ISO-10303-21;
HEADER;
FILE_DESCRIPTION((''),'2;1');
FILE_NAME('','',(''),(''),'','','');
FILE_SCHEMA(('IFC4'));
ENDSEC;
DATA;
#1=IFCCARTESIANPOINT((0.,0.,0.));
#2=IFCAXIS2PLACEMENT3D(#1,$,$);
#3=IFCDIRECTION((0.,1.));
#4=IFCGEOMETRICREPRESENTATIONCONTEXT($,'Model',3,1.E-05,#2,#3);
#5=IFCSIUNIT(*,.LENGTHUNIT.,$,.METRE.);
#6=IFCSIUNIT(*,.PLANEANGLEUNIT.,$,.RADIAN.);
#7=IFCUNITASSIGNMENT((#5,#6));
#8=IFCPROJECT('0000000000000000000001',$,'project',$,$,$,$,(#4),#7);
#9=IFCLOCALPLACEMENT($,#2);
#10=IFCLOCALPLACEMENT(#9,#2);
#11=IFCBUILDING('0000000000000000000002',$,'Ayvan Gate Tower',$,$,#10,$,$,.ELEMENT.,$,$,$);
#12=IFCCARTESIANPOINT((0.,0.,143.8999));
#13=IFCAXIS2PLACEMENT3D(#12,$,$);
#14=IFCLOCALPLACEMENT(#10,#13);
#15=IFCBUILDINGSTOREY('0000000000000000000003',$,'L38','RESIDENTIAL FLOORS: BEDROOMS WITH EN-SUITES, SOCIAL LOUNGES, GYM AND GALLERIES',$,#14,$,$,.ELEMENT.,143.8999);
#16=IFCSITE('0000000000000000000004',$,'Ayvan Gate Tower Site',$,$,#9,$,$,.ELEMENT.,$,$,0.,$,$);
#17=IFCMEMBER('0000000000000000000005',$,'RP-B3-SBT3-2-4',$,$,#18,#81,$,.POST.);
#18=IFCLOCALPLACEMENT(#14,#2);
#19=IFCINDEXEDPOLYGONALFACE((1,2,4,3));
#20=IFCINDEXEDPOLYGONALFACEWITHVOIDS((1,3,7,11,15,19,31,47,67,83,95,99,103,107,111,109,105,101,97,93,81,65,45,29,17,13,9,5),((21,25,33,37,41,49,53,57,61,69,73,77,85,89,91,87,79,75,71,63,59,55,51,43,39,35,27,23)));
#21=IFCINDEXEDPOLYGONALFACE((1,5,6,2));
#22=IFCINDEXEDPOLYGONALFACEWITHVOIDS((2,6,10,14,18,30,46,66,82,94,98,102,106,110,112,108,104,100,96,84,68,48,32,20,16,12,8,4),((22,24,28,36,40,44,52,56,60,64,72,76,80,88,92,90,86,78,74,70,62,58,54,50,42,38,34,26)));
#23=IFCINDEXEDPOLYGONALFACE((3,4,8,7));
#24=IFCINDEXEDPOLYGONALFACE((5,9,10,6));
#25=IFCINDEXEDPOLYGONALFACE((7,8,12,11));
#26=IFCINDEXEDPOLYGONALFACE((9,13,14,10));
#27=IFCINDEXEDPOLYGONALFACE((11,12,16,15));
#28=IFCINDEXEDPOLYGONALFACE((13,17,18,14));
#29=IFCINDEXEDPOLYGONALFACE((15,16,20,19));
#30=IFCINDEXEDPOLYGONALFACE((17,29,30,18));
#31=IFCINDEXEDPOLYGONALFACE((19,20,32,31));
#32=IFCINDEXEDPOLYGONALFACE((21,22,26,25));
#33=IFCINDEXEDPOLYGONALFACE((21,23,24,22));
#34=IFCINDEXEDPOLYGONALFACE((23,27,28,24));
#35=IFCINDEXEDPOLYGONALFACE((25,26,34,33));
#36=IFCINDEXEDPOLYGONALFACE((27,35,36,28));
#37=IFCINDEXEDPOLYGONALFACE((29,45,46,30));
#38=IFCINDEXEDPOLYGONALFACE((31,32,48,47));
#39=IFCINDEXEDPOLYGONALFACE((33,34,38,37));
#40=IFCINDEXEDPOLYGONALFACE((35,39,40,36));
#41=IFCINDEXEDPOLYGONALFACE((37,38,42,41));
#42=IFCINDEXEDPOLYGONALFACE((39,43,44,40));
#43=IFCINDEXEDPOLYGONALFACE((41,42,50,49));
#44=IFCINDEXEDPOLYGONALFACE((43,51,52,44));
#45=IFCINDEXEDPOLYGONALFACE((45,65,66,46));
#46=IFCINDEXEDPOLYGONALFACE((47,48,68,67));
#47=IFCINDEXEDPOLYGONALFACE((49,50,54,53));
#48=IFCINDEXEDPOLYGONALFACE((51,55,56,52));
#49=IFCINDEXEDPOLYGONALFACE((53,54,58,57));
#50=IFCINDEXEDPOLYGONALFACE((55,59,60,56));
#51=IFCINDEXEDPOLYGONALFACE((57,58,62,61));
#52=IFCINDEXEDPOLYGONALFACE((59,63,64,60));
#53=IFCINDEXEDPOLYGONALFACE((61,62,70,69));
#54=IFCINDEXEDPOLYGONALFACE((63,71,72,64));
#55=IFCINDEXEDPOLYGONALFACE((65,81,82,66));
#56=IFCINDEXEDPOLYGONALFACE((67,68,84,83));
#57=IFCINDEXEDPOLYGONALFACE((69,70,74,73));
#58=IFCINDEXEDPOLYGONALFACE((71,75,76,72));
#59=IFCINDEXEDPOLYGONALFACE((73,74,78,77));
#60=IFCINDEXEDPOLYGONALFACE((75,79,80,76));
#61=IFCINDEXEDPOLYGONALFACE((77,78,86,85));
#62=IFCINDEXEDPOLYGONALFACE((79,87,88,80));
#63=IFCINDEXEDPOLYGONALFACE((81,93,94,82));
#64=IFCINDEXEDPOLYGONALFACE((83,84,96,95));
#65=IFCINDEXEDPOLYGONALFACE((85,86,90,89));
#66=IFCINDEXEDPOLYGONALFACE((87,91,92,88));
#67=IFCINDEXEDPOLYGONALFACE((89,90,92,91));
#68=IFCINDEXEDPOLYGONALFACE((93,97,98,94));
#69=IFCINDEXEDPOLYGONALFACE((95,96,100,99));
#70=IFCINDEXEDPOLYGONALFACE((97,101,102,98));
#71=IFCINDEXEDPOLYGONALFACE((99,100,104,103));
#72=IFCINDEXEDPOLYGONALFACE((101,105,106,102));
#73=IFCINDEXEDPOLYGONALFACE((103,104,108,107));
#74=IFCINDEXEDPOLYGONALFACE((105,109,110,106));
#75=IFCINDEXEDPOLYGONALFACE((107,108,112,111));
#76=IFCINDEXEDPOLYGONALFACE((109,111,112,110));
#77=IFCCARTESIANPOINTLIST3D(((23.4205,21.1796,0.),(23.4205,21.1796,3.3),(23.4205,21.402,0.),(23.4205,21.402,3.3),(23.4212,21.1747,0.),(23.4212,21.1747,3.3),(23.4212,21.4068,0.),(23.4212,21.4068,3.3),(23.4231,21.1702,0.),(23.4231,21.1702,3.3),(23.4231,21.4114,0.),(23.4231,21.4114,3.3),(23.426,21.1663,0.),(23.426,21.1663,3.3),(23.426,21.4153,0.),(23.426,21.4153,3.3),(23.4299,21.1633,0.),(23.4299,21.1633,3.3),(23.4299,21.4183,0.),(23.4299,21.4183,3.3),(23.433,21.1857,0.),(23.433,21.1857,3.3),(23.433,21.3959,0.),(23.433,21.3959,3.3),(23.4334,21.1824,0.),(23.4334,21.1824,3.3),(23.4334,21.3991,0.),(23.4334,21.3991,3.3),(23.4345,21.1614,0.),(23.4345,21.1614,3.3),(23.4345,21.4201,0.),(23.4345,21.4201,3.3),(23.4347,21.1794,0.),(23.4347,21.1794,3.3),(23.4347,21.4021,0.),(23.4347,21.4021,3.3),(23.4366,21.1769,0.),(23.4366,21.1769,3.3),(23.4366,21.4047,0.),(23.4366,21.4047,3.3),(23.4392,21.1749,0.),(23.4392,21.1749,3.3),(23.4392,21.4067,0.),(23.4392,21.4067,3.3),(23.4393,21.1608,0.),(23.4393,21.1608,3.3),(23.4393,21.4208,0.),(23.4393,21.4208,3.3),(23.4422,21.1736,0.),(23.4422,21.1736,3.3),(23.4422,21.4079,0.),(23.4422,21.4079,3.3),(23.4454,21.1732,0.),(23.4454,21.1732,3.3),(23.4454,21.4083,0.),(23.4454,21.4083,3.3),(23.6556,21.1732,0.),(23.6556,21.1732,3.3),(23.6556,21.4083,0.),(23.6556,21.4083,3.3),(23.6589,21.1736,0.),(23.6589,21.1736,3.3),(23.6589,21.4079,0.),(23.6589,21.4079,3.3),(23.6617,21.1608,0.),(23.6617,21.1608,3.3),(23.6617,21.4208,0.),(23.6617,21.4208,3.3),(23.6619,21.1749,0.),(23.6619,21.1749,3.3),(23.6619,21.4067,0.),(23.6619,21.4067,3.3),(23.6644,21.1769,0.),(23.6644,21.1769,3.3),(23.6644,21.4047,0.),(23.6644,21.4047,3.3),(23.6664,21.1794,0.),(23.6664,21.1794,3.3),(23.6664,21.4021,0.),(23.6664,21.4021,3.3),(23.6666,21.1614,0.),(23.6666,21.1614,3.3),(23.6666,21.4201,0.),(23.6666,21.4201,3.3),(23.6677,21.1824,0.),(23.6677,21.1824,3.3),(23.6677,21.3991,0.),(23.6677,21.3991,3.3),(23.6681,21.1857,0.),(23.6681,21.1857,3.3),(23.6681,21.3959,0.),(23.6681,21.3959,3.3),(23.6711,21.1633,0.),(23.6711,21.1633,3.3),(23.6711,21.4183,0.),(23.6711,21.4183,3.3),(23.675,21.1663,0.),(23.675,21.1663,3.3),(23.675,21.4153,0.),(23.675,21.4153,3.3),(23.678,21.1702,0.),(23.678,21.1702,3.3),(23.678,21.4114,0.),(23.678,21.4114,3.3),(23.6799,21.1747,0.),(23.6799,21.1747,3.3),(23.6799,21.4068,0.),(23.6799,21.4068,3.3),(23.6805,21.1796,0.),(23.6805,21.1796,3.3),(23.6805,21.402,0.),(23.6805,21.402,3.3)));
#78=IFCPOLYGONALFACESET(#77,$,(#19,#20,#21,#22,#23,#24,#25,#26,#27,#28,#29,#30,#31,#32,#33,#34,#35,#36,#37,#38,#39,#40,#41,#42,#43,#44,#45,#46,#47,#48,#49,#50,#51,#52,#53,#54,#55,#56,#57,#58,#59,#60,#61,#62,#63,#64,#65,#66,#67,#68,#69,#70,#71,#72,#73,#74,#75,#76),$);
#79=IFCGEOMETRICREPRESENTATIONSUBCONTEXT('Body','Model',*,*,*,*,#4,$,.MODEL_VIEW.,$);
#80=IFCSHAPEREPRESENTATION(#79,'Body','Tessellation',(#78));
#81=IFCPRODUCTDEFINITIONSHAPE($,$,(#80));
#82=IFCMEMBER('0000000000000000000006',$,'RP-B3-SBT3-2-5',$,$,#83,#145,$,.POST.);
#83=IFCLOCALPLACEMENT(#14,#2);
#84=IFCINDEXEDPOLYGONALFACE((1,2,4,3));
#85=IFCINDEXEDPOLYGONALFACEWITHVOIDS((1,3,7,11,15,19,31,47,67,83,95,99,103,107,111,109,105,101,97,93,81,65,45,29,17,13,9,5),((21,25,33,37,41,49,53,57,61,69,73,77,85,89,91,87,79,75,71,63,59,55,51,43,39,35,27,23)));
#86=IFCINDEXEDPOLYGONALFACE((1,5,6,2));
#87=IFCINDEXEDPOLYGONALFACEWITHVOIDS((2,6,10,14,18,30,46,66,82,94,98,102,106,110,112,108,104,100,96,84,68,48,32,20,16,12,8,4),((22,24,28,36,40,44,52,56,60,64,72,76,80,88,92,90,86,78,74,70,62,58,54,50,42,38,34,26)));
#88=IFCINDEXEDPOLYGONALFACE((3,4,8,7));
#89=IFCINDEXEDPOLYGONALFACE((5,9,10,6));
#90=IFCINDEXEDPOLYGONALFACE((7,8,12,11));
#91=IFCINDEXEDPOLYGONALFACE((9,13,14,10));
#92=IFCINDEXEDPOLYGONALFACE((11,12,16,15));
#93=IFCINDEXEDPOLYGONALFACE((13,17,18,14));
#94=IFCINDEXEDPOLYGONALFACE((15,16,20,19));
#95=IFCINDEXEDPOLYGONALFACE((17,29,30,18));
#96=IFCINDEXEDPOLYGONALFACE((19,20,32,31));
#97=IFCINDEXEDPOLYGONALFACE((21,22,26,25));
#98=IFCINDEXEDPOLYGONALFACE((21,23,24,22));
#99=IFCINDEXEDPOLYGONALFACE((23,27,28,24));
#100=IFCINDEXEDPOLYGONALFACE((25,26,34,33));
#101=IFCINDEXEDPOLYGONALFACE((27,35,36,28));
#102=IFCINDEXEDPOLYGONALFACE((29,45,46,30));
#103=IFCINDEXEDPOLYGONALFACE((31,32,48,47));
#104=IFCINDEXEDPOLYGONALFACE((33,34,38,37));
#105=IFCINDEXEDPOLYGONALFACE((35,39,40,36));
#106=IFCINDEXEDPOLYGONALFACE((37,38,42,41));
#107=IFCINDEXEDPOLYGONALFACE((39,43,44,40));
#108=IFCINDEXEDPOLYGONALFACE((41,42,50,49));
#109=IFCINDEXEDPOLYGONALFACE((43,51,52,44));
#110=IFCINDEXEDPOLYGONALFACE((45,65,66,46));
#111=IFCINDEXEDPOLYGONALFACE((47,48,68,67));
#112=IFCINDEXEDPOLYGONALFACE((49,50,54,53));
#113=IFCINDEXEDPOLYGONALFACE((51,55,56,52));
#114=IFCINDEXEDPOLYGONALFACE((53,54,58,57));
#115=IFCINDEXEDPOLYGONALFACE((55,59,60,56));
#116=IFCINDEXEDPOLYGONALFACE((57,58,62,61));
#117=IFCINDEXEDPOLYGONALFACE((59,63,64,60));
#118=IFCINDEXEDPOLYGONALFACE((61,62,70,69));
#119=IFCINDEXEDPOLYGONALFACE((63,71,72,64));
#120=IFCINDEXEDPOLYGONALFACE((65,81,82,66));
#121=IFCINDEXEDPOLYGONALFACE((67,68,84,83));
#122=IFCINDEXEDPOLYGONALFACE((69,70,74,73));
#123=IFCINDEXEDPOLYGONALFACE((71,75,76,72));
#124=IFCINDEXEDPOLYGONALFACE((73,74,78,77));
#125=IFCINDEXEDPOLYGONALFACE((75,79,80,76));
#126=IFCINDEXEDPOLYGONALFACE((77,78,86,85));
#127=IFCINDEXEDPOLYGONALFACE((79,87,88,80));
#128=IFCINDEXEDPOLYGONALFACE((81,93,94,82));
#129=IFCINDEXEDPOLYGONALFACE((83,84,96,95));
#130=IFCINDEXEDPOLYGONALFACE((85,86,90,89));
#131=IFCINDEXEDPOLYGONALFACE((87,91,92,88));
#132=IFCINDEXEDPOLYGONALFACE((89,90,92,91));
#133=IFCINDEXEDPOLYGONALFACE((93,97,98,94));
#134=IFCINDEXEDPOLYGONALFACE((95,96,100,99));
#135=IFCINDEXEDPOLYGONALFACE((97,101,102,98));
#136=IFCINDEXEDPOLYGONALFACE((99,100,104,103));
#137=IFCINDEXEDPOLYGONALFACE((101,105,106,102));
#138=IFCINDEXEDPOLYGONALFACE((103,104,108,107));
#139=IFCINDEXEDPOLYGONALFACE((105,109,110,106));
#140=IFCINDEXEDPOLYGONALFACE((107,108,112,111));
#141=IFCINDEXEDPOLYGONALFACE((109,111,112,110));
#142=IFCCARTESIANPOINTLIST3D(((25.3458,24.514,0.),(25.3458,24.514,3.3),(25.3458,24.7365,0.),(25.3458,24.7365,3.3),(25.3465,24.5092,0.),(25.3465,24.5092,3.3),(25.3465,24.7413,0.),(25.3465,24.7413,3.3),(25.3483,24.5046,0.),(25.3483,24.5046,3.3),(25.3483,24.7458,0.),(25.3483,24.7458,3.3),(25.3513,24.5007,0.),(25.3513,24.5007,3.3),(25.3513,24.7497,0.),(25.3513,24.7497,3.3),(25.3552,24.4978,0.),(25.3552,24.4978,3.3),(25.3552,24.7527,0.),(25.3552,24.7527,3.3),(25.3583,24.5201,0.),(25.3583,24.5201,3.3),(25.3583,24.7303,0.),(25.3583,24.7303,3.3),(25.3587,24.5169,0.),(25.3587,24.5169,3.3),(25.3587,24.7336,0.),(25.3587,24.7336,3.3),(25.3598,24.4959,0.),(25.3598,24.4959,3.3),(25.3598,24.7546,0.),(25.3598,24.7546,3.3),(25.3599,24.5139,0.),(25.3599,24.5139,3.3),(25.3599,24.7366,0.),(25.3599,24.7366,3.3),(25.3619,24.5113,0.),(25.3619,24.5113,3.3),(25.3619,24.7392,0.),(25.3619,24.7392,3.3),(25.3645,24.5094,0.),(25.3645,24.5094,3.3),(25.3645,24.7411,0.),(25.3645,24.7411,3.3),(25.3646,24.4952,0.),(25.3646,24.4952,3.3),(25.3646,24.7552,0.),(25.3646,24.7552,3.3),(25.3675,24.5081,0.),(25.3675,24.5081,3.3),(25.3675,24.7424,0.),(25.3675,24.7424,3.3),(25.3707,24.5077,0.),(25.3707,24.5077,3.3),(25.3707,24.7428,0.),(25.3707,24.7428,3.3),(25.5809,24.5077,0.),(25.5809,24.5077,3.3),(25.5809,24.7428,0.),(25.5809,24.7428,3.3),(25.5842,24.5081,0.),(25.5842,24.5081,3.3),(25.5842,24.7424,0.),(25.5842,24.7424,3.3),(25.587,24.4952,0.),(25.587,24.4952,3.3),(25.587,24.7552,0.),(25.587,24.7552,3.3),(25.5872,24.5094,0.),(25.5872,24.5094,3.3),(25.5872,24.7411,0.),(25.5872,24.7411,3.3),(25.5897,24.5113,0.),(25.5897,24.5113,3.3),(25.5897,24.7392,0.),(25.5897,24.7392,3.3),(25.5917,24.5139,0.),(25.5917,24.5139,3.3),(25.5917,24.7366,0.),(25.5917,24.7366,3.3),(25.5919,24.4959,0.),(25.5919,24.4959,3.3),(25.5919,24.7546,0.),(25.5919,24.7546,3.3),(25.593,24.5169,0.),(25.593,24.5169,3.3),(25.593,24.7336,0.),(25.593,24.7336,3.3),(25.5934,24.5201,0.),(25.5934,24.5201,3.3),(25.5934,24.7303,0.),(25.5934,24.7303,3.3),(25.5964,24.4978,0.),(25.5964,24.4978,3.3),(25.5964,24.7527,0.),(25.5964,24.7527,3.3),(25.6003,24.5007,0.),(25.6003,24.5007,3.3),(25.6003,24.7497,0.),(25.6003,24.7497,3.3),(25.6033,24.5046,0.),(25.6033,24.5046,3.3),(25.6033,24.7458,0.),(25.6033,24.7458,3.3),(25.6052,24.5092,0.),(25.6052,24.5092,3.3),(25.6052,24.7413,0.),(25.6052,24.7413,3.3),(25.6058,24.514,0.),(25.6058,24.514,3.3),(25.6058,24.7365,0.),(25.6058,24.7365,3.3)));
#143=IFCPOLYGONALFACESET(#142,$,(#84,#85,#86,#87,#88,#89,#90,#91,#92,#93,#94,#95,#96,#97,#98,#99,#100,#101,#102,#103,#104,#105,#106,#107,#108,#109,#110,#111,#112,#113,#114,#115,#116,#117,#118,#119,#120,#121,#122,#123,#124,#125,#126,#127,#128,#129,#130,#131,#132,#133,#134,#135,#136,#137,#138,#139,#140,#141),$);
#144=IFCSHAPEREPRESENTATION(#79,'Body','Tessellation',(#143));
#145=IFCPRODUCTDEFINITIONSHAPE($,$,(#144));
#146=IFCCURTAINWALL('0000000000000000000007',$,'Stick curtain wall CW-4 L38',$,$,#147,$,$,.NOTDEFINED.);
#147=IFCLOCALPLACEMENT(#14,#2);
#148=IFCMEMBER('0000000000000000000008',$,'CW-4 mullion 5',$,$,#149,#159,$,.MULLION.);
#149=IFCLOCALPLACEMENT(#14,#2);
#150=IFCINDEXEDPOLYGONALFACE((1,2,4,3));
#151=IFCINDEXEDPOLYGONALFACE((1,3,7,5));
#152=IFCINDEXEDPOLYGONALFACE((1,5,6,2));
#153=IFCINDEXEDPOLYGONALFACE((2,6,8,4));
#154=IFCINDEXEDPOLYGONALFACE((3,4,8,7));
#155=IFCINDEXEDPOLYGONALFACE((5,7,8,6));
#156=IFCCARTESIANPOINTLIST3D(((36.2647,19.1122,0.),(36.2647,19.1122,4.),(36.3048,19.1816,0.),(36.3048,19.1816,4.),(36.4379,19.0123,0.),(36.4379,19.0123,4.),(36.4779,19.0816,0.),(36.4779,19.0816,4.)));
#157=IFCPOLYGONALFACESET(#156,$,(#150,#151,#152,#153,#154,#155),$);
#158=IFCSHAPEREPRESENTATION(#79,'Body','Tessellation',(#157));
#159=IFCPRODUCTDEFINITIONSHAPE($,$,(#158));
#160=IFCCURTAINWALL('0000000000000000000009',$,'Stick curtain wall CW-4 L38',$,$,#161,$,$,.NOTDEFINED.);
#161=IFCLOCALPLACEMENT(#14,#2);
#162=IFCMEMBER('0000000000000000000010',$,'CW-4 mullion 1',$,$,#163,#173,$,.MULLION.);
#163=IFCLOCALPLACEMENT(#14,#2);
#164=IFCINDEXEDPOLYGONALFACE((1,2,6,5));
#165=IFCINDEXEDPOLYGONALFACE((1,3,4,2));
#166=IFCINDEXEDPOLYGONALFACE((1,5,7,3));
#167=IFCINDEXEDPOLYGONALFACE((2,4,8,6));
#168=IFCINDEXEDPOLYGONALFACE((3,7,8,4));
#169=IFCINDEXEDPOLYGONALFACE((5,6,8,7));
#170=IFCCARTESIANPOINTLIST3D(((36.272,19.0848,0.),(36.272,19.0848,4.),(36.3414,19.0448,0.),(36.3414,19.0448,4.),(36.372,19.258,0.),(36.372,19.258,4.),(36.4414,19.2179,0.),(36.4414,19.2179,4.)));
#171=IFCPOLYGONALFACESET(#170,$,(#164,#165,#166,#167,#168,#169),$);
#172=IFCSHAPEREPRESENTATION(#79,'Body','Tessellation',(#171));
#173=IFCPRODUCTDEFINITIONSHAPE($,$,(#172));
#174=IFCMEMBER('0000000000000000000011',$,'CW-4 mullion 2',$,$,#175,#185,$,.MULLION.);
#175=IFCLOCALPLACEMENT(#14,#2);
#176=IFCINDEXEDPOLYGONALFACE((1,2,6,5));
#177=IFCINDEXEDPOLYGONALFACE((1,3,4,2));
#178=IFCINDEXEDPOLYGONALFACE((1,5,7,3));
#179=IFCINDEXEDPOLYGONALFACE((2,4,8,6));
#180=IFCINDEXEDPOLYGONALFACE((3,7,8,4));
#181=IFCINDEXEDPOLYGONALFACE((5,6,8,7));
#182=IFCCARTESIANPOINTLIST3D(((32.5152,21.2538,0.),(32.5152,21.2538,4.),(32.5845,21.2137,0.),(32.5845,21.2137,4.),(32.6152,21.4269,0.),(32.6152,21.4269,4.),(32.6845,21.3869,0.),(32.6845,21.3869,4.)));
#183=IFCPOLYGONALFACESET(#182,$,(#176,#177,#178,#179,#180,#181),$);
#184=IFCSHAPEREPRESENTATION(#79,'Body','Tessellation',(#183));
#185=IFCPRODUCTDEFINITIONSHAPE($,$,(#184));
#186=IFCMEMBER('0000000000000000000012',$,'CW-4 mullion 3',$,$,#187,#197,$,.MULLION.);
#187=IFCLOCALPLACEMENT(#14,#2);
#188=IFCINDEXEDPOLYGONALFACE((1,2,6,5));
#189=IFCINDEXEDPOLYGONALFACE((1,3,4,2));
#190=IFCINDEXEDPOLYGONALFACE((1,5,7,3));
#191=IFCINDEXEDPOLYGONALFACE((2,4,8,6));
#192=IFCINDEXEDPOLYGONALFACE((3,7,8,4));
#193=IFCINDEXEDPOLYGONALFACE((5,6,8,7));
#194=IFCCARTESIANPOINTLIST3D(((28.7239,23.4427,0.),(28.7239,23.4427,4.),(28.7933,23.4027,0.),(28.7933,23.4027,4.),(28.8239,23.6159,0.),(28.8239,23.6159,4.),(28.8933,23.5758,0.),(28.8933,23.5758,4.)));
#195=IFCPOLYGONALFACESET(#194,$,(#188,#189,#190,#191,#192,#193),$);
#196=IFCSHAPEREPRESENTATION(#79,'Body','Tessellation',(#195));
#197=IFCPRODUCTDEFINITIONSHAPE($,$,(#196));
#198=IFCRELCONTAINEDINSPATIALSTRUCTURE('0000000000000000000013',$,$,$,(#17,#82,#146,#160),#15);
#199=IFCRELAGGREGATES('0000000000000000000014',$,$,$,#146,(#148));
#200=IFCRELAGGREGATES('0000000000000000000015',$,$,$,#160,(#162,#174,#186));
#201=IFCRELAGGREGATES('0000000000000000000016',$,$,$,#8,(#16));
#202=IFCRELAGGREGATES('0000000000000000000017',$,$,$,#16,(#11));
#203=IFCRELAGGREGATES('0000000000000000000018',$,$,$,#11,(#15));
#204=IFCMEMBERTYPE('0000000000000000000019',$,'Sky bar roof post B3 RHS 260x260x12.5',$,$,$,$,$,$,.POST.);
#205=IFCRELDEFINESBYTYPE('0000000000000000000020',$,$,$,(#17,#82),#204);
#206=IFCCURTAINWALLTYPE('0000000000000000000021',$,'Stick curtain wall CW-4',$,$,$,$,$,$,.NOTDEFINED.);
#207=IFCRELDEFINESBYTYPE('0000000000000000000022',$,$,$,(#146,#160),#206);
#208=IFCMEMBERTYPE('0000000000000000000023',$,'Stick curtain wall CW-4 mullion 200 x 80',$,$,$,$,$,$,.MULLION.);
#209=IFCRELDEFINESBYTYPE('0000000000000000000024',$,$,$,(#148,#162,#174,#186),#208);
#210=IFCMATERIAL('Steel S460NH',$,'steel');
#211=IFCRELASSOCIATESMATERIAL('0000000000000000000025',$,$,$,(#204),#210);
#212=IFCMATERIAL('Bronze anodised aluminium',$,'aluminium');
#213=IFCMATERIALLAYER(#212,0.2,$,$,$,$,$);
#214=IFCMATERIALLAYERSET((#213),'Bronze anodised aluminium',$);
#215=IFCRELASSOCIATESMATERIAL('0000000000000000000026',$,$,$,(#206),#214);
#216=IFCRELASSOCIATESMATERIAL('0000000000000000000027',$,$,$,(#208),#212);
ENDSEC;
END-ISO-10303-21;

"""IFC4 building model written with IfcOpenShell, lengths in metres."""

from ifc_helpers import new_model, si_unit, direction, frame, origin, origin_2d, place, context, subcontext, project, spatial, rectangle, hollow_rectangle, extrude, material, layer, layer_set, material_profile, profile_set, type_object, element, aggregate, save


model = new_model("IFC4")

# Units and contexts
model_context = context("Model", 3, precision=1e-05, world=origin(), true_north=direction((0.0, 1.0)))
body_context = subcontext(model_context, "Body", "Model", "MODEL_VIEW")
ifc_project = project(units=[si_unit("LENGTHUNIT", "METRE"), si_unit("PLANEANGLEUNIT", "RADIAN")], contexts=[model_context])

# Site, building, storey
site_placement = place(None, origin())
site = spatial("IfcSite", under=ifc_project, at=site_placement, Name="Ayvan Gate Tower Site", CompositionType="ELEMENT", RefElevation=0.0)
building_placement = place(site_placement, origin())
building = spatial("IfcBuilding", under=site, at=building_placement, Name="Ayvan Gate Tower", CompositionType="ELEMENT")
storey_placement = place(building_placement, frame((0.0, 0.0, 143.8999)))
storey = spatial("IfcBuildingStorey", under=building, at=storey_placement, Name="L38", Description="RESIDENTIAL FLOORS: BEDROOMS WITH EN-SUITES, SOCIAL LOUNGES, GYM AND GALLERIES", CompositionType="ELEMENT", Elevation=143.8999)

# Members
ifc_material_1 = material(Name="Steel S460NH", Category="steel")
ifc_material_profile_1 = material_profile(ifc_material_1, hollow_rectangle(XDim=0.26, YDim=0.26, WallThickness=0.0125, InnerFilletRadius=0.0125, OuterFilletRadius=0.0188, at=origin_2d()), Name="RHS 260x260x12.5")
ifc_profile_set_1 = profile_set([ifc_material_profile_1], Name="Steel S460NH")
member_type_1 = type_object("IfcMemberType", Name="Sky bar roof post B3 RHS 260x260x12.5", PredefinedType="POST", material=ifc_profile_set_1)
for number, where, z_axis, x_axis, name in (
    (1, (23.5505, 21.2908, 0.0), (0.0, 0.0, 1.0), (1.0, 0.0, 0.0), "RP-B3-SBT3-2-4"),
    (2, (25.4758, 24.6252, 0.0), (0.0, 0.0, 1.0), (1.0, 0.0, 0.0), "RP-B3-SBT3-2-5"),
):
    element("IfcMember", number, at=place(storey_placement, frame(where, z_axis=z_axis, x_axis=x_axis)), inside=storey, type_object=member_type_1, Name=name, PredefinedType="POST", context=body_context, shape_type="SweptSolid", body=[
        extrude(hollow_rectangle(XDim=0.26, YDim=0.26, WallThickness=0.0125, InnerFilletRadius=0.0125, OuterFilletRadius=0.0188, at=origin_2d()), origin(), (0.0, 0.0, 1.0), 3.3),
    ])

# Curtain wall, member
ifc_material_2 = material(Name="Bronze anodised aluminium", Category="aluminium")
ifc_layer_1 = layer(ifc_material_2, 0.2)
ifc_layer_set_1 = layer_set([ifc_layer_1], Name="Bronze anodised aluminium")
curtain_wall_type = type_object("IfcCurtainWallType", Name="Stick curtain wall CW-4", PredefinedType="NOTDEFINED", material=ifc_layer_set_1)
curtain_wall_1_placement = place(storey_placement, origin())
curtain_wall_1 = element("IfcCurtainWall", 3, at=curtain_wall_1_placement, inside=storey, type_object=curtain_wall_type, Name="Stick curtain wall CW-4 L38", PredefinedType="NOTDEFINED")
ifc_material_profile_2 = material_profile(ifc_material_2, rectangle(XDim=0.2, YDim=0.0801, at=origin_2d()), Name="Stick curtain wall CW-4 mullion 200 x 80")
ifc_profile_set_2 = profile_set([ifc_material_profile_2], Name="Bronze anodised aluminium")
member_type_2 = type_object("IfcMemberType", Name="Stick curtain wall CW-4 mullion 200 x 80", PredefinedType="MULLION", material=ifc_profile_set_2)
member_1_placement = place(storey_placement, frame((36.3713, 19.0969, 0.0), z_axis=(0.0, 0.0, 1.0), x_axis=(0.866025, -0.5, 0.0)))
member_1 = element("IfcMember", 4, at=member_1_placement, type_object=member_type_2, Name="CW-4 mullion 5", PredefinedType="MULLION", context=body_context, shape_type="SweptSolid", body=[
    extrude(rectangle(XDim=0.2, YDim=0.0801, at=origin_2d()), origin(), (0.0, 0.0, 1.0), 4.0),
])

# Curtain wall, members
curtain_wall_2_placement = place(storey_placement, origin())
curtain_wall_2 = element("IfcCurtainWall", 5, at=curtain_wall_2_placement, inside=storey, type_object=curtain_wall_type, Name="Stick curtain wall CW-4 L38", PredefinedType="NOTDEFINED")
member_2_placement = place(storey_placement, frame((36.3567, 19.1514, 0.0), z_axis=(0.0, 0.0, 1.0), x_axis=(0.5, 0.866025, 0.0)))
member_2 = element("IfcMember", 6, at=member_2_placement, type_object=member_type_2, Name="CW-4 mullion 1", PredefinedType="MULLION", context=body_context, shape_type="SweptSolid", body=[
    extrude(rectangle(XDim=0.2, YDim=0.0801, at=origin_2d()), origin(), (0.0, 0.0, 1.0), 4.0),
])
member_3_placement = place(storey_placement, frame((32.5999, 21.3203, 0.0), z_axis=(0.0, 0.0, 1.0), x_axis=(0.5, 0.866025, 0.0)))
member_3 = element("IfcMember", 7, at=member_3_placement, type_object=member_type_2, Name="CW-4 mullion 2", PredefinedType="MULLION", context=body_context, shape_type="SweptSolid", body=[
    extrude(rectangle(XDim=0.2, YDim=0.0801, at=origin_2d()), origin(), (0.0, 0.0, 1.0), 4.0),
])
member_4_placement = place(storey_placement, frame((28.8086, 23.5093, 0.0), z_axis=(0.0, 0.0, 1.0), x_axis=(0.5, 0.866025, 0.0)))
member_4 = element("IfcMember", 8, at=member_4_placement, type_object=member_type_2, Name="CW-4 mullion 3", PredefinedType="MULLION", context=body_context, shape_type="SweptSolid", body=[
    extrude(rectangle(XDim=0.2, YDim=0.0801, at=origin_2d()), origin(), (0.0, 0.0, 1.0), 4.0),
])

aggregate(curtain_wall_1, [member_1])
aggregate(curtain_wall_2, [member_2, member_3, member_4])

save(model, "model.ifc")
